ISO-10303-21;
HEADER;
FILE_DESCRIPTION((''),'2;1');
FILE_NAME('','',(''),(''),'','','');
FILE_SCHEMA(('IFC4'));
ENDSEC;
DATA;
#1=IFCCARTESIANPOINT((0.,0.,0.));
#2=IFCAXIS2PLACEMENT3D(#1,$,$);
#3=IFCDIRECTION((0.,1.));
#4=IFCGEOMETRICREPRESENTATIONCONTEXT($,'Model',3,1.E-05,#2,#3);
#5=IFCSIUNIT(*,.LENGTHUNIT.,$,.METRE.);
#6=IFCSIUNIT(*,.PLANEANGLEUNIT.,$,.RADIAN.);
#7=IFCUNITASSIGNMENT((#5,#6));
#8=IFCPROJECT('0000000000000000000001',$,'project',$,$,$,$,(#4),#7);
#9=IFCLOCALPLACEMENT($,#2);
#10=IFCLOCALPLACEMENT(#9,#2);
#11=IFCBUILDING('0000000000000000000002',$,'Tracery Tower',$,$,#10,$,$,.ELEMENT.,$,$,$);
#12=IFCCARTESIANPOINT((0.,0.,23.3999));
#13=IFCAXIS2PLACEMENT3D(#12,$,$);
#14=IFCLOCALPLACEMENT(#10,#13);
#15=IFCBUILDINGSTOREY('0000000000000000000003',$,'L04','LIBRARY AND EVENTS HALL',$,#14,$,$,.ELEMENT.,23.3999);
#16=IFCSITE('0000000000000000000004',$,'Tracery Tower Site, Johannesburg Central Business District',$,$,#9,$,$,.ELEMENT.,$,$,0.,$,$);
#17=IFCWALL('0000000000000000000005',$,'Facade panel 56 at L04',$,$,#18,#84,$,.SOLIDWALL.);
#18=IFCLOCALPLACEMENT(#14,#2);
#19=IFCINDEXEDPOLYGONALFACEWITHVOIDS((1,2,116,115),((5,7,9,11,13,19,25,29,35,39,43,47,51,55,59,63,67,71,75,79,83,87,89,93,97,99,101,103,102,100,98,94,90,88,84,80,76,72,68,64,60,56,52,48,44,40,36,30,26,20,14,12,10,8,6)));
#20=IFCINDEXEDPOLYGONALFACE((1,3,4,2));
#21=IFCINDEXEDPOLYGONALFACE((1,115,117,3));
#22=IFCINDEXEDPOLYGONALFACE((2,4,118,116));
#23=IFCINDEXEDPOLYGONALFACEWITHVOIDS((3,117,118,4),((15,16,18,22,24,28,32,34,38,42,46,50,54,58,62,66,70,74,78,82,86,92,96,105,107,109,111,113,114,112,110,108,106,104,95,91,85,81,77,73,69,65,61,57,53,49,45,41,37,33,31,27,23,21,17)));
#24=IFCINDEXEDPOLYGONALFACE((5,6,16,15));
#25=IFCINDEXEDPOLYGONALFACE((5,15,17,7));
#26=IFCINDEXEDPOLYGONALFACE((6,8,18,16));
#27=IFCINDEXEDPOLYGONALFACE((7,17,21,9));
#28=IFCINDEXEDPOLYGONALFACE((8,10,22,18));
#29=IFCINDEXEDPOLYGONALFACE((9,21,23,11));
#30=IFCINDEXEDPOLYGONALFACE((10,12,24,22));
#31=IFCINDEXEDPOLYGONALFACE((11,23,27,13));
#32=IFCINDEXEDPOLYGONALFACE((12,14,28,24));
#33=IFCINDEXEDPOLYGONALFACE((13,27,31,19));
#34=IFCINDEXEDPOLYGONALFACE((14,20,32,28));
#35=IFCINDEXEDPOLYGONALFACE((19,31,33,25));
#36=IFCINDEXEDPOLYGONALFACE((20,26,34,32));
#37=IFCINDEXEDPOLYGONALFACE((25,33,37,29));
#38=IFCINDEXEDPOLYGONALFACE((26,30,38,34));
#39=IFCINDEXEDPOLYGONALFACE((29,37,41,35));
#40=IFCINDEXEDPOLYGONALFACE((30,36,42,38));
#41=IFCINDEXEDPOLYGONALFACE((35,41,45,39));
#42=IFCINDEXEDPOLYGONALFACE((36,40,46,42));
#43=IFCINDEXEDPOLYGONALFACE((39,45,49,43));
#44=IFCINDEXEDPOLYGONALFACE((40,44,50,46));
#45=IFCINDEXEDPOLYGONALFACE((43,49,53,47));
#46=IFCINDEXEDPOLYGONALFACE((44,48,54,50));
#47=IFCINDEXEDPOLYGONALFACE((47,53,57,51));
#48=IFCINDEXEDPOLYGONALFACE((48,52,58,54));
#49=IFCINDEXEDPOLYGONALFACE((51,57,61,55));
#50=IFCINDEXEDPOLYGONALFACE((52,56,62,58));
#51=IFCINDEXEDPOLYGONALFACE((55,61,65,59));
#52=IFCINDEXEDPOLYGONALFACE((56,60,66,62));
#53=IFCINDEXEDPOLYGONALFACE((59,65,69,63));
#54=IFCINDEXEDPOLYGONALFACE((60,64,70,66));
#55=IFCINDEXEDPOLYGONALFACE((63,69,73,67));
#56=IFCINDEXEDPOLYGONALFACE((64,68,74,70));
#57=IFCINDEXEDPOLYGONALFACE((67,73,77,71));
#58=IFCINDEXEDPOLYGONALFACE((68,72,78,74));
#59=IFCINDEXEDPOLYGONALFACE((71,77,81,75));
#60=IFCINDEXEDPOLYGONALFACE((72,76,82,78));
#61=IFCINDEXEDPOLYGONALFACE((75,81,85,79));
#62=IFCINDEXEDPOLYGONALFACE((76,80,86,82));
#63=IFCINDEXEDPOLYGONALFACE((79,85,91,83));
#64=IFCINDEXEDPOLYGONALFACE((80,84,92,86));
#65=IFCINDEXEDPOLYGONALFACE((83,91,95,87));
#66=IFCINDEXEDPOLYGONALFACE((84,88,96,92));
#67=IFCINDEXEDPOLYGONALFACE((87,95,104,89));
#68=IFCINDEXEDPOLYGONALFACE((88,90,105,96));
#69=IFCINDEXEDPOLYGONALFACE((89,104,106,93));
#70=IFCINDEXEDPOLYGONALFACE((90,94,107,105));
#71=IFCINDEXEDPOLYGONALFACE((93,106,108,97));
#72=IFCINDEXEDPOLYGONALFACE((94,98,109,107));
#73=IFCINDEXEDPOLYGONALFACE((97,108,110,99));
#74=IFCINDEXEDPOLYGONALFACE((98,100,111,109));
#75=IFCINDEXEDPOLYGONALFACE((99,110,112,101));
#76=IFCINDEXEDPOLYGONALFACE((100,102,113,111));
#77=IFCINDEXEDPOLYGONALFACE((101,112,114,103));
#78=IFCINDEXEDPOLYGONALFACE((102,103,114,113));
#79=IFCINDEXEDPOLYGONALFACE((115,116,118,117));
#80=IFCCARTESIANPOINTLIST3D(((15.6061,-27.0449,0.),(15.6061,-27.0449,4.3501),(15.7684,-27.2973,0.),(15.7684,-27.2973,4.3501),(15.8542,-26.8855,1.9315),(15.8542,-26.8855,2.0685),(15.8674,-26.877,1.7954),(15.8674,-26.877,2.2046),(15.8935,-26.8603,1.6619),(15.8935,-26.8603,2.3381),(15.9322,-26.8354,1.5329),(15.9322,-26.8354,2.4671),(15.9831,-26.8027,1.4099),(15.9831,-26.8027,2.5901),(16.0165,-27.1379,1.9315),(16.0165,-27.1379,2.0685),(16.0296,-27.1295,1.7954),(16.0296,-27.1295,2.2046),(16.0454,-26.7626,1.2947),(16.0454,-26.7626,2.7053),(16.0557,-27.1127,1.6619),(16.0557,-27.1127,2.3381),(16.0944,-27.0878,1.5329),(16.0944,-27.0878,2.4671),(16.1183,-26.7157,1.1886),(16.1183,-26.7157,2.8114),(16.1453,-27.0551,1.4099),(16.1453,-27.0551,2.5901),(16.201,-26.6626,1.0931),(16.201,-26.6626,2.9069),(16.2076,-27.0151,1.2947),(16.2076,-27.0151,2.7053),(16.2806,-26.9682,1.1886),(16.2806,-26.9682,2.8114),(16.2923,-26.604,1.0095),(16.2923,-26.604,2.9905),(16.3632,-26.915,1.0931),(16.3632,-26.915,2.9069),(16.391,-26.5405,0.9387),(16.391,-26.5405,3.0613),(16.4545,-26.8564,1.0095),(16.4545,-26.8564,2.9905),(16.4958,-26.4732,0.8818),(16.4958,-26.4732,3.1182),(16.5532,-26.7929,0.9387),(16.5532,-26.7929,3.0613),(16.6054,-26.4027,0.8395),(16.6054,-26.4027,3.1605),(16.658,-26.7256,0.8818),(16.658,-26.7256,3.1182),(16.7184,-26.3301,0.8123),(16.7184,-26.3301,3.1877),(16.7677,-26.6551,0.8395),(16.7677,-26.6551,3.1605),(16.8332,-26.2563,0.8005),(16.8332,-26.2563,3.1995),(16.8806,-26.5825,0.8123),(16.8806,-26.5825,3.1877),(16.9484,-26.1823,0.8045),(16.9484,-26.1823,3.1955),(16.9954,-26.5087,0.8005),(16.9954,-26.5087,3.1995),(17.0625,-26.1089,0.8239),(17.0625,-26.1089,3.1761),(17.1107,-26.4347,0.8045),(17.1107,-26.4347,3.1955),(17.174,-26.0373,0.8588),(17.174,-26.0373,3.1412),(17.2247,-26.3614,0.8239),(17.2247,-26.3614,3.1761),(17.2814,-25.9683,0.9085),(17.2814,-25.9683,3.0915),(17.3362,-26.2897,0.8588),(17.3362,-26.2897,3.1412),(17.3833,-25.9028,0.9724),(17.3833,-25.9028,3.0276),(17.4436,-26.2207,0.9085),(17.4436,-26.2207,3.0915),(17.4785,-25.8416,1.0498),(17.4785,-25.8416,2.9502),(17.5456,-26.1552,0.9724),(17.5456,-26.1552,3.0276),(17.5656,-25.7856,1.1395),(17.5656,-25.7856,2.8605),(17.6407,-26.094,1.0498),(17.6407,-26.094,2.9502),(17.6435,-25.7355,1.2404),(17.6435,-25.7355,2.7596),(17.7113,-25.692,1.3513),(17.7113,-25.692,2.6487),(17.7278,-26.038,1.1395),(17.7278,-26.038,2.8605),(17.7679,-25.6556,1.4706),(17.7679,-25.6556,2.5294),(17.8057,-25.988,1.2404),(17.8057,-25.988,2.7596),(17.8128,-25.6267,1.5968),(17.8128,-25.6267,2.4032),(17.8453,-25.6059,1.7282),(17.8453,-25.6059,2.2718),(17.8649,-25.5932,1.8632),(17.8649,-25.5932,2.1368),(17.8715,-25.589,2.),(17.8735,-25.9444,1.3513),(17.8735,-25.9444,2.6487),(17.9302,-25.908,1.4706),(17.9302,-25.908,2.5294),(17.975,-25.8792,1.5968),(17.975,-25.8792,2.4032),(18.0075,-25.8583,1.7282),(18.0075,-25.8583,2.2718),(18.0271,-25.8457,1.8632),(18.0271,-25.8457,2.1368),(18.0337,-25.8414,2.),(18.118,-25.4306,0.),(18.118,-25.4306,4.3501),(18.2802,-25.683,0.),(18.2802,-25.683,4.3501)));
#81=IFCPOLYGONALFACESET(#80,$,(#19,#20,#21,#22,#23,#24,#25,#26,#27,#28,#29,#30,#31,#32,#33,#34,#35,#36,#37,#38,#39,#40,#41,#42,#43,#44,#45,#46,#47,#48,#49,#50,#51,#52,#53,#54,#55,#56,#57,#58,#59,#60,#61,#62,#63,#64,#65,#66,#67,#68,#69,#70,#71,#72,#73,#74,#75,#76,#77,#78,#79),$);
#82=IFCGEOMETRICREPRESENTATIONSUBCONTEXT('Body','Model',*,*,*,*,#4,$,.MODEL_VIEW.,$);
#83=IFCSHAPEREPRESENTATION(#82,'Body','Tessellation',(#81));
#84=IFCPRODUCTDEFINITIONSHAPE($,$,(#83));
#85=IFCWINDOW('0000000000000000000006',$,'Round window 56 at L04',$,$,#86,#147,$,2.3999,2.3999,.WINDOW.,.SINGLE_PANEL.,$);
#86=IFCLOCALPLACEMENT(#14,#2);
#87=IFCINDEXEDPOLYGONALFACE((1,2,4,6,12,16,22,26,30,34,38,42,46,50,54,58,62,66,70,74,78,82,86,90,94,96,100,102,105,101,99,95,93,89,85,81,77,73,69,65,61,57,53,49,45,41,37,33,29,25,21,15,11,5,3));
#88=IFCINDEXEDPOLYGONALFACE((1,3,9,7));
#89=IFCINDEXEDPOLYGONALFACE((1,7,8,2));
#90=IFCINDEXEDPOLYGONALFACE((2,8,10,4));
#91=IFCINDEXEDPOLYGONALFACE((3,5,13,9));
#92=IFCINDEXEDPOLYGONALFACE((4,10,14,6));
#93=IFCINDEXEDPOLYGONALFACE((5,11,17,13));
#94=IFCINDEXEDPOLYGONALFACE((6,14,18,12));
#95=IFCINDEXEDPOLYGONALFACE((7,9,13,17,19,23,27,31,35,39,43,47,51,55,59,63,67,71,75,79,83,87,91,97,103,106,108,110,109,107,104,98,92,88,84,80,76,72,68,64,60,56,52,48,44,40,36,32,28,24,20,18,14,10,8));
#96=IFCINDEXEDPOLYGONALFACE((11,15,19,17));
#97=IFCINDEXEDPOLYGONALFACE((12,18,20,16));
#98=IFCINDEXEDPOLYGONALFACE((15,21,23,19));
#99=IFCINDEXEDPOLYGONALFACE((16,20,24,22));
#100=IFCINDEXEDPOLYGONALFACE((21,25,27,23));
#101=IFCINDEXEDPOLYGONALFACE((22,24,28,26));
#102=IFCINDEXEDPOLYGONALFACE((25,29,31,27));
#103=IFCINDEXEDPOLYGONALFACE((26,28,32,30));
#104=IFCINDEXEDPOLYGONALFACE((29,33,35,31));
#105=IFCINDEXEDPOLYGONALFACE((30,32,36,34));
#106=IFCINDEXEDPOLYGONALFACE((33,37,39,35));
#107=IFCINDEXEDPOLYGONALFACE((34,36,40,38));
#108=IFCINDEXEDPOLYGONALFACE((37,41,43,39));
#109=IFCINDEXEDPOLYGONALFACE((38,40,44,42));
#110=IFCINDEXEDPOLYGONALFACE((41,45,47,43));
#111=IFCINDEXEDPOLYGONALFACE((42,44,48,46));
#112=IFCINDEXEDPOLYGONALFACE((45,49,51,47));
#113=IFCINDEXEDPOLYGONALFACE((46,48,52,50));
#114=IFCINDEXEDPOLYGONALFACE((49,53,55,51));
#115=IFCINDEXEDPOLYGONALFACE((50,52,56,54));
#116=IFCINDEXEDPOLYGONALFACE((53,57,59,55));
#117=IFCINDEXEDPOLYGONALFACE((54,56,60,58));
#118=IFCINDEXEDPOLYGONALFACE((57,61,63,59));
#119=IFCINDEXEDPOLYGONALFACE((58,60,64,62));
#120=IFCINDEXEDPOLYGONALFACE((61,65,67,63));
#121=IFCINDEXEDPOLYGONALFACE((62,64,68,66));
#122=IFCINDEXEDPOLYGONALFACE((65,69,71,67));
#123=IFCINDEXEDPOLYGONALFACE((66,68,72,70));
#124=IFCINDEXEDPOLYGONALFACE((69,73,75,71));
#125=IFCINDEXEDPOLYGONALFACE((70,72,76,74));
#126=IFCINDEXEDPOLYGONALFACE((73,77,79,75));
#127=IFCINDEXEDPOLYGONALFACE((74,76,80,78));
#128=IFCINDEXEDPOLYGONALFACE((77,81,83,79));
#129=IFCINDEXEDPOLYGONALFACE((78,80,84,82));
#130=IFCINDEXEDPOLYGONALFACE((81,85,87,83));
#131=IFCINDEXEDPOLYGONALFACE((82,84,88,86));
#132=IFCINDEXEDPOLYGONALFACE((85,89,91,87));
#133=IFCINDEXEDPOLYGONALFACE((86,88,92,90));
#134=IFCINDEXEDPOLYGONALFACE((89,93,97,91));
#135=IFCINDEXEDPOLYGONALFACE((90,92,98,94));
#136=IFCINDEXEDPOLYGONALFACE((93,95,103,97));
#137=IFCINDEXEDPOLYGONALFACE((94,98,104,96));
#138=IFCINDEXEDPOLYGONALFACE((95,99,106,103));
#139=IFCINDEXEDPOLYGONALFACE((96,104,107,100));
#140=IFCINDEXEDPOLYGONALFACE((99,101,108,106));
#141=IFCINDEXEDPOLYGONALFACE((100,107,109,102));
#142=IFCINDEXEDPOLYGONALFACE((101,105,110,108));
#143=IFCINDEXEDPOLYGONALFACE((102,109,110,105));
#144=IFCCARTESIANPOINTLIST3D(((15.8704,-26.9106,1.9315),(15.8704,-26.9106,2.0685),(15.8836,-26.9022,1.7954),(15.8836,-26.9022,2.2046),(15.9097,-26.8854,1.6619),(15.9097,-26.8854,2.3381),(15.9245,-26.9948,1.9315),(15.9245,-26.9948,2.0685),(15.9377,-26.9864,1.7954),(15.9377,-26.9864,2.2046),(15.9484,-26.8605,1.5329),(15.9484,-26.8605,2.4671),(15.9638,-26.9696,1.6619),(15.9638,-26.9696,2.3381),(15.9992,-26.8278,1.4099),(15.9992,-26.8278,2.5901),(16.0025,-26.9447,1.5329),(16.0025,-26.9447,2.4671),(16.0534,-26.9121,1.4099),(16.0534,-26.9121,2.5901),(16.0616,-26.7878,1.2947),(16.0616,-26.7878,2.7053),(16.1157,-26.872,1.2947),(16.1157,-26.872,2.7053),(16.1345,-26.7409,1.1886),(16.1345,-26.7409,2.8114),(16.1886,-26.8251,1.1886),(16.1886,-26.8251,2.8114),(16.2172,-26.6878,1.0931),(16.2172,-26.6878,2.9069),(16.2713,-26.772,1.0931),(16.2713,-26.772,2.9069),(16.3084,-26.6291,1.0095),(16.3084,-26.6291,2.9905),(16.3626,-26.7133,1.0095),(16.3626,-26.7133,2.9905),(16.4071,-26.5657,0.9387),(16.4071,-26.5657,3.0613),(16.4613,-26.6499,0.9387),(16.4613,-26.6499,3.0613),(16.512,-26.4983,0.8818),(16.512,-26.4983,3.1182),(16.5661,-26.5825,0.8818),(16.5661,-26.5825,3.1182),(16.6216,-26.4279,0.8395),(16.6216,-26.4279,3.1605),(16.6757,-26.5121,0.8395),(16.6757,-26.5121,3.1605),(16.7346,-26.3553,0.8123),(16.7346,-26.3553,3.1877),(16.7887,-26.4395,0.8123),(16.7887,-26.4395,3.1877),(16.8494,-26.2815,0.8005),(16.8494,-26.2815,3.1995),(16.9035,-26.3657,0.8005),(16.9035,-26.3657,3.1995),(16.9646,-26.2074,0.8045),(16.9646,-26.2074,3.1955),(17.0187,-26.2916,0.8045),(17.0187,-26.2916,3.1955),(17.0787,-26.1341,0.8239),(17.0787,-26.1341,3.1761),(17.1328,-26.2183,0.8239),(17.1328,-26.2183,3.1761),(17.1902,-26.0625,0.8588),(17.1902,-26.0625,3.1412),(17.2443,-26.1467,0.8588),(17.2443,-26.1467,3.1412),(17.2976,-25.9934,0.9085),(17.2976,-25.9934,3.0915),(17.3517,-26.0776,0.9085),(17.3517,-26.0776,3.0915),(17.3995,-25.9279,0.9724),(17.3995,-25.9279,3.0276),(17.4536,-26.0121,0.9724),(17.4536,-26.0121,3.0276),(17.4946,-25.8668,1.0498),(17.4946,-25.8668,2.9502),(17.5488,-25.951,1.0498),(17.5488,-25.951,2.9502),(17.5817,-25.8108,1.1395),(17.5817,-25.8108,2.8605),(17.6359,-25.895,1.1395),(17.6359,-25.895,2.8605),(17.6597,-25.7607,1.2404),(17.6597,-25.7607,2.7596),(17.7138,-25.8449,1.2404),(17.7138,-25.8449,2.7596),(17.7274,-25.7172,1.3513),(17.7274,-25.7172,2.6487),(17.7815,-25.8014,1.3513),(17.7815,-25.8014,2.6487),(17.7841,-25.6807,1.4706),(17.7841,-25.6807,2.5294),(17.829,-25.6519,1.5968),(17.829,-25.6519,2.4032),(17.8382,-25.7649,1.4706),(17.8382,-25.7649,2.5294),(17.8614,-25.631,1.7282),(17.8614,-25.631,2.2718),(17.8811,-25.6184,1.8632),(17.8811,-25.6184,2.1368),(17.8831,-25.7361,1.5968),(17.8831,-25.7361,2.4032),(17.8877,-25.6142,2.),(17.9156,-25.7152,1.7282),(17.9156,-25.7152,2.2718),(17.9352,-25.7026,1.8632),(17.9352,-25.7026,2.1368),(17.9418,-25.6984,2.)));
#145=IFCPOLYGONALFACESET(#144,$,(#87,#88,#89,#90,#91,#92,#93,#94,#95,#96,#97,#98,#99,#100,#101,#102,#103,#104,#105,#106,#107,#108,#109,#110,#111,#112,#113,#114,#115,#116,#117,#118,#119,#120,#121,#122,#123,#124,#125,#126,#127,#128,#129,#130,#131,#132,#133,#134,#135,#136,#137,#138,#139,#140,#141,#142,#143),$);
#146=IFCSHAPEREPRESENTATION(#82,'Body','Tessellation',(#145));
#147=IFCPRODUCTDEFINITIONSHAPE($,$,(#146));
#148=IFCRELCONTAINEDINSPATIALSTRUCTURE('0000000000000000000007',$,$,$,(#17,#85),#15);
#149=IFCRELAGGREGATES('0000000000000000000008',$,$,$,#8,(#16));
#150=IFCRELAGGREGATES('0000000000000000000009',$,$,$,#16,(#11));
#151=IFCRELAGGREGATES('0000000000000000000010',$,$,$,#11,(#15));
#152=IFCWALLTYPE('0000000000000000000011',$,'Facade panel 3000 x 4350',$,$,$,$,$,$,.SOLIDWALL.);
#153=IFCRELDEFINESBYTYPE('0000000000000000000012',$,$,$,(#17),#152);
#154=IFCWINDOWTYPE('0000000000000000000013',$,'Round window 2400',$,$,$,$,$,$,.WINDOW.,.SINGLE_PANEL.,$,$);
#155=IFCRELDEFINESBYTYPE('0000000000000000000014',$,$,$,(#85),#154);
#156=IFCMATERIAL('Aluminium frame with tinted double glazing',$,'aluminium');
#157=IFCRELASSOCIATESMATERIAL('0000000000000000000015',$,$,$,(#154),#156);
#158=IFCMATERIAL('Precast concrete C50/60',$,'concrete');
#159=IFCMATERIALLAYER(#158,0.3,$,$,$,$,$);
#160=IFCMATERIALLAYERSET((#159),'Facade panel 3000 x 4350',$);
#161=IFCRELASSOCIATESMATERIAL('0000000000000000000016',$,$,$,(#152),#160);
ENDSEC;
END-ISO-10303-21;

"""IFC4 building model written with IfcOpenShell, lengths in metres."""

from ifc_helpers import new_model, si_unit, direction, frame, frame_2d, origin, origin_2d, place, context, subcontext, project, spatial, rectangle, circle, extrude, material, layer, layer_set, type_object, element, fill, save


model = new_model("IFC4")

# Units and contexts
model_context = context("Model", 3, precision=1e-05, world=origin(), true_north=direction((0.0, 1.0)))
body_context = subcontext(model_context, "Body", "Model", "MODEL_VIEW")
ifc_project = project(units=[si_unit("LENGTHUNIT", "METRE"), si_unit("PLANEANGLEUNIT", "RADIAN")], contexts=[model_context])

# Site, building, storey
site_placement = place(None, origin())
site = spatial("IfcSite", under=ifc_project, at=site_placement, Name="Tracery Tower Site, Johannesburg Central Business District", CompositionType="ELEMENT", RefElevation=0.0)
building_placement = place(site_placement, origin())
building = spatial("IfcBuilding", under=site, at=building_placement, Name="Tracery Tower", CompositionType="ELEMENT")
storey_placement = place(building_placement, frame((0.0, 0.0, 23.3999)))
storey = spatial("IfcBuildingStorey", under=building, at=storey_placement, Name="L04", Description="LIBRARY AND EVENTS HALL", CompositionType="ELEMENT", Elevation=23.3999)

# Wall, opening, window
ifc_material_1 = material(Name="Aluminium frame with tinted double glazing", Category="aluminium")
window_type = type_object("IfcWindowType", Name="Round window 2400", PartitioningType="SINGLE_PANEL", PredefinedType="WINDOW", material=ifc_material_1)
ifc_material_2 = material(Name="Precast concrete C50/60", Category="concrete")
ifc_layer_1 = layer(ifc_material_2, 0.3)
ifc_layer_set_1 = layer_set([ifc_layer_1], Name="Facade panel 3000 x 4350")
wall_type_1 = type_object("IfcWallType", Name="Facade panel 3000 x 4350", PredefinedType="SOLIDWALL", material=ifc_layer_set_1)
wall_1_placement = place(storey_placement, frame((15.6873, -27.1711, 0.0), z_axis=(0.0, 0.0, 1.0), x_axis=(0.841242, 0.540658, 0.0)))
wall_1 = element("IfcWall", 1, at=wall_1_placement, inside=storey, type_object=wall_type_1, Name="Facade panel 56 at L04", PredefinedType="SOLIDWALL", context=body_context, shape_type="SweptSolid", body=[
    extrude(rectangle(XDim=2.9858, YDim=0.3, at=frame_2d((1.4929, 0.0))), origin(), (0.0, 0.0, 1.0), 4.3501),
])
opening_1_placement = place(wall_1_placement, frame((1.4929, 0.0, 2.0)))
opening_1 = element("IfcOpeningElement", 2, at=opening_1_placement, cuts=wall_1, PredefinedType="OPENING", context=body_context, shape_type="SweptSolid", body=[
    extrude(circle(Radius=1.2, at=origin_2d()), frame((0.0, 0.1599, 0.0), z_axis=(0.0, -1.0, 0.0), x_axis=(1.0, 0.0, 0.0)), (0.0, 0.0, 1.0), 0.3201),
])
window_1_placement = place(opening_1_placement, origin())
window_1 = element("IfcWindow", 3, at=window_1_placement, inside=storey, type_object=window_type, Name="Round window 56 at L04", OverallHeight=2.3999, OverallWidth=2.3999, PartitioningType="SINGLE_PANEL", PredefinedType="WINDOW", context=body_context, shape_type="SweptSolid", body=[
    extrude(circle(Radius=1.2, at=origin_2d()), frame((0.0, 0.1201, 0.0), z_axis=(0.0, -1.0, 0.0), x_axis=(1.0, 0.0, 0.0)), (0.0, 0.0, 1.0), 0.1001),
])
fill(opening_1, window_1)

save(model, "model.ifc")
